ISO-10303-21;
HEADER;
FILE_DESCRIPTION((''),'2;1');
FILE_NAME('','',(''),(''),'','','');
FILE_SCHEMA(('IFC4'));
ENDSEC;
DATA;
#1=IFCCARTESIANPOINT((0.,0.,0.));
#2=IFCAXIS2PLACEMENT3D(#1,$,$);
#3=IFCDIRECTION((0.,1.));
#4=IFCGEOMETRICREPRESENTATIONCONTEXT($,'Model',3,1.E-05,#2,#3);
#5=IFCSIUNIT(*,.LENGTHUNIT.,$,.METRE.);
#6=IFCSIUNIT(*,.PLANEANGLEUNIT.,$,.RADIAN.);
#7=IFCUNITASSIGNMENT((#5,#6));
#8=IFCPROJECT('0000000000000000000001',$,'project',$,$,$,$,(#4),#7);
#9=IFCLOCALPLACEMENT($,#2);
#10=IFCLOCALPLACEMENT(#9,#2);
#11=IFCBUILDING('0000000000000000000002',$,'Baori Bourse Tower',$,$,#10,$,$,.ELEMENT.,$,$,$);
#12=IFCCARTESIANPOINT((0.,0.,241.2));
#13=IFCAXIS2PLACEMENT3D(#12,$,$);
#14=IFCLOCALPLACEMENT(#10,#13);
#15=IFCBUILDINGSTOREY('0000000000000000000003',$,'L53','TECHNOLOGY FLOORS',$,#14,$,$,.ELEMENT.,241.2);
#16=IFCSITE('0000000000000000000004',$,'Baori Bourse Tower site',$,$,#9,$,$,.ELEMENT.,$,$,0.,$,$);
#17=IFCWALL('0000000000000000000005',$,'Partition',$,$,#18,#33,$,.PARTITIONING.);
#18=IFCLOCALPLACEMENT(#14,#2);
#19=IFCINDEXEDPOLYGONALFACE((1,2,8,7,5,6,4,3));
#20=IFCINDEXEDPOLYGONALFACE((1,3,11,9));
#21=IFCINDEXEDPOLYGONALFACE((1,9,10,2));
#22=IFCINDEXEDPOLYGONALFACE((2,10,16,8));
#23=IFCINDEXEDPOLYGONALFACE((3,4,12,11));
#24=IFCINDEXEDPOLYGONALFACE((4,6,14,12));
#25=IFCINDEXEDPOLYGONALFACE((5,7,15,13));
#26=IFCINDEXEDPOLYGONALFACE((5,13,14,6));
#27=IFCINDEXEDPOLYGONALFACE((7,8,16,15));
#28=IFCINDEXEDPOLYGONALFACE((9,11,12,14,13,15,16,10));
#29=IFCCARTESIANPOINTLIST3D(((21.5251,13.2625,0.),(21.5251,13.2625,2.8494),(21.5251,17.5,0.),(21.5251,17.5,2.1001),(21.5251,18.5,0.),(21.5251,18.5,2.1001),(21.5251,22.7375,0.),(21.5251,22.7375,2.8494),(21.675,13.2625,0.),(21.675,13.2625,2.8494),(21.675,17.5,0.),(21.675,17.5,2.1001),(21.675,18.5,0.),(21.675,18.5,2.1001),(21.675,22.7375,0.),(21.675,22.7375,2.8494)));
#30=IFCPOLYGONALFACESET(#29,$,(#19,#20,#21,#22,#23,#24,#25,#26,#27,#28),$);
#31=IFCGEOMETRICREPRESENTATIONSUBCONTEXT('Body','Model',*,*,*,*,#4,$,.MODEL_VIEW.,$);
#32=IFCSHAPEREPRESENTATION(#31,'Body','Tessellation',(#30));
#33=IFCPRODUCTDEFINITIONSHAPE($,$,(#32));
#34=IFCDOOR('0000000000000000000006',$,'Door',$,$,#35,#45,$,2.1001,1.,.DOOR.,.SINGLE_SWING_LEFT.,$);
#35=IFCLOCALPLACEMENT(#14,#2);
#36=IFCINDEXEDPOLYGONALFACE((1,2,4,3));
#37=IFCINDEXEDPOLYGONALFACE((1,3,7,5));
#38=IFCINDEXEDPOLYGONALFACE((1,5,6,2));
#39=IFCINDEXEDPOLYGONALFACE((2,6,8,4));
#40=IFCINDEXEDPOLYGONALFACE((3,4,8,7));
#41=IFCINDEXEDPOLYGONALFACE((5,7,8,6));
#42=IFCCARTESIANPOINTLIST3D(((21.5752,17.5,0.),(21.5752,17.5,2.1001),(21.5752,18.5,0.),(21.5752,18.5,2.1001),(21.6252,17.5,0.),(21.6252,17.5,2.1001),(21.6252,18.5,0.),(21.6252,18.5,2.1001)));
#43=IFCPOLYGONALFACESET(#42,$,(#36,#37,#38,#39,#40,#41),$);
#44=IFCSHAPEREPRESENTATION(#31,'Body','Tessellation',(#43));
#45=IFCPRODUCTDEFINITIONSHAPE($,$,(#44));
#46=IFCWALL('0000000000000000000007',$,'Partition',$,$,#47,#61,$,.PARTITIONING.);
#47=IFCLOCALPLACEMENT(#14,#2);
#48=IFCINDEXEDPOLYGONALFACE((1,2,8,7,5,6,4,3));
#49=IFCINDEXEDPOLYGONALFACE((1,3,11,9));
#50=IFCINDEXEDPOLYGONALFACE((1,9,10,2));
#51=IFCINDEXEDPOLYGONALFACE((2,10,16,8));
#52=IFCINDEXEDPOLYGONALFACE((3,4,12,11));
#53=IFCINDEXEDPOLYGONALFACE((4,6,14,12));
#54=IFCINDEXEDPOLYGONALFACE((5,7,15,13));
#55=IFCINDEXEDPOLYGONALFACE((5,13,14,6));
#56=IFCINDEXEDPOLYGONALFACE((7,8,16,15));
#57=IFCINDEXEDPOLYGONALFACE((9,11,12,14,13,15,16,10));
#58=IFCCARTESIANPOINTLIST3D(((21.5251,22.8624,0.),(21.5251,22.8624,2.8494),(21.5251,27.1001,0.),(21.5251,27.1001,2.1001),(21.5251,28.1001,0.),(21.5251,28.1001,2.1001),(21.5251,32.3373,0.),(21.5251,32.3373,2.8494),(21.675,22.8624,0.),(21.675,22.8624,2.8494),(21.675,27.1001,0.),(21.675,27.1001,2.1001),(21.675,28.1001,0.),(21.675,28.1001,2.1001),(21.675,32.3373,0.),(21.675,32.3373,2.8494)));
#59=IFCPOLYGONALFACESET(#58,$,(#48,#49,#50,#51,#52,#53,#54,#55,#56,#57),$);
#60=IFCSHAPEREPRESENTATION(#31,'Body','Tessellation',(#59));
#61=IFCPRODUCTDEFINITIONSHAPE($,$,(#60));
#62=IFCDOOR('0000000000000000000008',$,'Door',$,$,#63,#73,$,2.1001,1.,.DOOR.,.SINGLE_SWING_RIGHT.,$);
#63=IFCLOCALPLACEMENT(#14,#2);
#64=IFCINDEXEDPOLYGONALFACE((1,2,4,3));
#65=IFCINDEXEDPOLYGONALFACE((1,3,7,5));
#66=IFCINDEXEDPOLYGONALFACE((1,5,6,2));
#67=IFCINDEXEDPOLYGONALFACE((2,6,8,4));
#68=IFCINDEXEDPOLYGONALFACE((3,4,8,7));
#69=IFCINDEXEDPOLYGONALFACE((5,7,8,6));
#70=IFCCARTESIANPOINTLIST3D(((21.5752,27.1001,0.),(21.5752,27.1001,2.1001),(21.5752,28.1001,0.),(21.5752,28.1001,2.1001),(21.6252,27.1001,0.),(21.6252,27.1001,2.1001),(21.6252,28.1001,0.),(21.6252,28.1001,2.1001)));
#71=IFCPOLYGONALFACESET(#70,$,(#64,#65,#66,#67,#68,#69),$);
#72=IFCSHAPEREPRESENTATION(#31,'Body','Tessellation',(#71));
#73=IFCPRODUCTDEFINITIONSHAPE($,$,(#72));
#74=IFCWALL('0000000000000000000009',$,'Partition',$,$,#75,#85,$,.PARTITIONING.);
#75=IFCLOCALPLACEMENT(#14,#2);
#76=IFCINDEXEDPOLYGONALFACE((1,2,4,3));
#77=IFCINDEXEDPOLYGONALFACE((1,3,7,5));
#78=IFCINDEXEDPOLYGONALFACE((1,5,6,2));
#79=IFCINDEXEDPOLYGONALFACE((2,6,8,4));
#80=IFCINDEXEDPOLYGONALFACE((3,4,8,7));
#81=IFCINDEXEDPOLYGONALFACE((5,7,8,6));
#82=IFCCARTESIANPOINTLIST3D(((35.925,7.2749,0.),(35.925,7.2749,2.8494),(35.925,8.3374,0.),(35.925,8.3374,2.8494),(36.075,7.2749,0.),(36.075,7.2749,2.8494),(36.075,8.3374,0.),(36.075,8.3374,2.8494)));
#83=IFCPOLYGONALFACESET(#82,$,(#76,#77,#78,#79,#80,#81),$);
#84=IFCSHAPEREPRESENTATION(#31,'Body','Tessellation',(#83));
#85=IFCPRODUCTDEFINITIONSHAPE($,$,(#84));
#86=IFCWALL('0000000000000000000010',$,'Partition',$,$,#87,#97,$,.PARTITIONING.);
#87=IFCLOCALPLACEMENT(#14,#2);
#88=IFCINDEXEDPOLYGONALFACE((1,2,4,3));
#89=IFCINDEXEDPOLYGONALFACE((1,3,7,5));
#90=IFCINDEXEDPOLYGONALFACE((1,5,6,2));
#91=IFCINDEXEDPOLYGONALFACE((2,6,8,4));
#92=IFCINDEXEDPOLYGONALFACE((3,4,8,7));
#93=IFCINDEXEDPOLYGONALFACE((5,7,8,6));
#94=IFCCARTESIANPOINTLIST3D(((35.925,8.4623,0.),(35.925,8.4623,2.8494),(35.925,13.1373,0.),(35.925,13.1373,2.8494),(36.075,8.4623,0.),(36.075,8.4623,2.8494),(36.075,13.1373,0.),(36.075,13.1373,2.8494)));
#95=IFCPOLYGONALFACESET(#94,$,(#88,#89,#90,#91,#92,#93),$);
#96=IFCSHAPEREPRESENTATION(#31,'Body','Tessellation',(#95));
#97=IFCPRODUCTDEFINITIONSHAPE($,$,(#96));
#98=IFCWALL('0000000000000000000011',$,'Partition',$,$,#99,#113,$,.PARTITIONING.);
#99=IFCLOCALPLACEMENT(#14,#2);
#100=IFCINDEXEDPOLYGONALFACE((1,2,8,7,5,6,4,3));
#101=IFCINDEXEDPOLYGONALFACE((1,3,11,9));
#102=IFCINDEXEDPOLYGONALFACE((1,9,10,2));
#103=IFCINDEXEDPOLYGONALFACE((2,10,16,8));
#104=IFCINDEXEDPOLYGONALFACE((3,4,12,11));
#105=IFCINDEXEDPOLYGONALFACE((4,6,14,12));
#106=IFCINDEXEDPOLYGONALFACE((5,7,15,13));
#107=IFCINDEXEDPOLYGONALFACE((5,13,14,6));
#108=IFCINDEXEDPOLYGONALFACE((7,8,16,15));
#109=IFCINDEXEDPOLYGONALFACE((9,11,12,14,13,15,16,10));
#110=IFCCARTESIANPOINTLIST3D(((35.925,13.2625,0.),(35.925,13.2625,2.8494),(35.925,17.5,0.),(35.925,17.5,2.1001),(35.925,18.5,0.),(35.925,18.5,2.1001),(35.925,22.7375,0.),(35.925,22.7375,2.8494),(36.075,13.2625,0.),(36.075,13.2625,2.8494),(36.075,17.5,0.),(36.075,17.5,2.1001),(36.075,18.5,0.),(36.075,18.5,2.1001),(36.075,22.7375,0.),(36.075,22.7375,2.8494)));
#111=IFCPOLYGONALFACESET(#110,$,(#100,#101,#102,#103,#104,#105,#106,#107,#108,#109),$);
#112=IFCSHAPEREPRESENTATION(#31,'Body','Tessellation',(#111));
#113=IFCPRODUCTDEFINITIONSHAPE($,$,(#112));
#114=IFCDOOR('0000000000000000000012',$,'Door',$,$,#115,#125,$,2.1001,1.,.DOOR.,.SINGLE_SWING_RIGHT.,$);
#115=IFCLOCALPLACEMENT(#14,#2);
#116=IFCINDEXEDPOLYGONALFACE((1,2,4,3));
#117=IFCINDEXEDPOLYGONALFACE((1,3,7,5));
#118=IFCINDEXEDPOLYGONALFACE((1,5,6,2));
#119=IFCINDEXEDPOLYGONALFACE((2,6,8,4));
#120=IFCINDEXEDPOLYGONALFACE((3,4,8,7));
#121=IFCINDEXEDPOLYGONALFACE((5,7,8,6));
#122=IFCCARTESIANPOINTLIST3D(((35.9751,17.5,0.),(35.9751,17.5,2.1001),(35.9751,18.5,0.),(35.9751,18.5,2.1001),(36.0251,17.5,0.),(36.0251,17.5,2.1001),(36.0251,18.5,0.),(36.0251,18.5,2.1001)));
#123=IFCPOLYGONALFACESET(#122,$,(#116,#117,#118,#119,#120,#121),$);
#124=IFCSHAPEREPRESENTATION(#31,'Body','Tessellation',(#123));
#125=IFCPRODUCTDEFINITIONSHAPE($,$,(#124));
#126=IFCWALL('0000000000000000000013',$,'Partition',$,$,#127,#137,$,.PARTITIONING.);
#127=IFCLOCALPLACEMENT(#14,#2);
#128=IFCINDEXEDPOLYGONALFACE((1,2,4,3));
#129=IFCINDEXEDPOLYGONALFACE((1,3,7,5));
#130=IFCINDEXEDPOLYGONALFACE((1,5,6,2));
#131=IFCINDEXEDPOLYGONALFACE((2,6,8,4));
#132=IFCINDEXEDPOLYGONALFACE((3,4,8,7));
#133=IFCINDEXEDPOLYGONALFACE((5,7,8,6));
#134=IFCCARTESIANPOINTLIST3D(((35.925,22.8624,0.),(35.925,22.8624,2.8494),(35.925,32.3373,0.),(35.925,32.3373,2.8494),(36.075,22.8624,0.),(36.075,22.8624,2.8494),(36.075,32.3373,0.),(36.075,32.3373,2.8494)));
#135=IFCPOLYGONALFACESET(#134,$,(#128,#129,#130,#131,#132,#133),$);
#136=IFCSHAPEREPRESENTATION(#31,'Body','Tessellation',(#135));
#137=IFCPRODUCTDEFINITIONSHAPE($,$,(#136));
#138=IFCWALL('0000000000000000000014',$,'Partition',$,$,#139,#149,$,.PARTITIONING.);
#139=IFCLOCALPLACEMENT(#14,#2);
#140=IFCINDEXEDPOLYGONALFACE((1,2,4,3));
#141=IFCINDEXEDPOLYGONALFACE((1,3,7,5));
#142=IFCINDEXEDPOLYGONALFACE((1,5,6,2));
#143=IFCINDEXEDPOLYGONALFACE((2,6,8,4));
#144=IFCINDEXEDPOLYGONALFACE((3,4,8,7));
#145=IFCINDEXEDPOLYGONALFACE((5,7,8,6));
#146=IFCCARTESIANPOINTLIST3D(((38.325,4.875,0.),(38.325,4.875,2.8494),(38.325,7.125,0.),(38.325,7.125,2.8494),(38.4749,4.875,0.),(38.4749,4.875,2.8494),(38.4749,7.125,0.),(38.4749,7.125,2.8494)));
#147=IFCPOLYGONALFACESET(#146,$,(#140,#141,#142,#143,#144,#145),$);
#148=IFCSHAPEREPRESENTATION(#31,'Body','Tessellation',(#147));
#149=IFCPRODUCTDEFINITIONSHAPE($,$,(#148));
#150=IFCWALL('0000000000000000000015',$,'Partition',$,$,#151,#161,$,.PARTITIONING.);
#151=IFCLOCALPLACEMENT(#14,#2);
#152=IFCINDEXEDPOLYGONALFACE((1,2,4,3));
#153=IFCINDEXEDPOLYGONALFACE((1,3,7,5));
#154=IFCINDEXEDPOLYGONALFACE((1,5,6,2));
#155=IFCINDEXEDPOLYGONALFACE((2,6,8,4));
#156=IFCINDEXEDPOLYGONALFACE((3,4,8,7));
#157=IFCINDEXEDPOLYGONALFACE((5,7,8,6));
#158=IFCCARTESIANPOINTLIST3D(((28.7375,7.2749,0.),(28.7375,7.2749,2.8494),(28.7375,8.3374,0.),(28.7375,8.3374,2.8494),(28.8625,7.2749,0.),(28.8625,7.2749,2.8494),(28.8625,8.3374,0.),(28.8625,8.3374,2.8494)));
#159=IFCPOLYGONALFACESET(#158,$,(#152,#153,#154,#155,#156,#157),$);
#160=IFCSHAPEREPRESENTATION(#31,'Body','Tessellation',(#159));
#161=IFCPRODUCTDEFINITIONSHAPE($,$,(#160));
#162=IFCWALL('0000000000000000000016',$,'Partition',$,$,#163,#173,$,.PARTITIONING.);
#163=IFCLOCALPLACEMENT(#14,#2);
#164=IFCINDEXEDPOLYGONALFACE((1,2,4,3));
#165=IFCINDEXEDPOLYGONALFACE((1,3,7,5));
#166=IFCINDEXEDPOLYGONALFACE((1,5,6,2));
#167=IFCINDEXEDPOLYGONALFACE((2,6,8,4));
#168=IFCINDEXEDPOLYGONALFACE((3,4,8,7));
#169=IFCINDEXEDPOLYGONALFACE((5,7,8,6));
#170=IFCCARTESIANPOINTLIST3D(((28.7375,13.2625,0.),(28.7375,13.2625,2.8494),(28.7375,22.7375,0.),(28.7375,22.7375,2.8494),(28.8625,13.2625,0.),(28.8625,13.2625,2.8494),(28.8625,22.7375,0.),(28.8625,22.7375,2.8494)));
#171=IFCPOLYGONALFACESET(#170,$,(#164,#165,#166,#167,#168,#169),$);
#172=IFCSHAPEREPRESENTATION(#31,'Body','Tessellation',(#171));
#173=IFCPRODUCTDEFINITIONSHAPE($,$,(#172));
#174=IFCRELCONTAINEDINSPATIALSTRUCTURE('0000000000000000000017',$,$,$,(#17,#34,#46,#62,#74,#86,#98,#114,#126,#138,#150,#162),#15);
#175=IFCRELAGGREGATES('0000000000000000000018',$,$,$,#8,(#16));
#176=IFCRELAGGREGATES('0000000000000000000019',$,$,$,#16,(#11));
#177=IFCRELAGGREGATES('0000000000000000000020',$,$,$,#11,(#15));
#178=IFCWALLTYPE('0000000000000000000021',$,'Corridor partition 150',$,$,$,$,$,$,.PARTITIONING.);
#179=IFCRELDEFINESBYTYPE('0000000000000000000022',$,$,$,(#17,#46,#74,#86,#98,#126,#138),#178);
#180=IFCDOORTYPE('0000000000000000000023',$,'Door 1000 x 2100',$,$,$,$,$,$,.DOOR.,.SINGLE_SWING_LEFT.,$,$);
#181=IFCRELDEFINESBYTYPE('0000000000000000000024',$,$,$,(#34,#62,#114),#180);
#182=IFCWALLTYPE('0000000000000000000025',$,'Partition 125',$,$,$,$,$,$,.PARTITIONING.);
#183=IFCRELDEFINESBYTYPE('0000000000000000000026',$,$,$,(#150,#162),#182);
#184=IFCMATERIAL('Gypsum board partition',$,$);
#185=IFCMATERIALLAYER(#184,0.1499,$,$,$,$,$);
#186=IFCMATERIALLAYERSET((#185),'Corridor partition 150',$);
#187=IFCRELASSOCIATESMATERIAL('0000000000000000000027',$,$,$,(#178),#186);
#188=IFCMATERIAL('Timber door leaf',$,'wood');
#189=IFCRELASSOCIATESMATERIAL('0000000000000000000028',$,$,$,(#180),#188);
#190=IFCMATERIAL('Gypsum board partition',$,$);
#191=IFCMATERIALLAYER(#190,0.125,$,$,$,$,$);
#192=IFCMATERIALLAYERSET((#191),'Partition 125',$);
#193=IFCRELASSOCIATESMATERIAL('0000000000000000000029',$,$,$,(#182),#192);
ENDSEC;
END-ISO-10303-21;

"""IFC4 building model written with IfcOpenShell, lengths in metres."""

from ifc_helpers import new_model, si_unit, direction, frame, frame_2d, origin, place, context, subcontext, project, spatial, rectangle, extrude, material, layer, layer_set, type_object, element, fill, save


model = new_model("IFC4")

# Units and contexts
model_context = context("Model", 3, precision=1e-05, world=origin(), true_north=direction((0.0, 1.0)))
body_context = subcontext(model_context, "Body", "Model", "MODEL_VIEW")
ifc_project = project(units=[si_unit("LENGTHUNIT", "METRE"), si_unit("PLANEANGLEUNIT", "RADIAN")], contexts=[model_context])

# Site, building, storey
site_placement = place(None, origin())
site = spatial("IfcSite", under=ifc_project, at=site_placement, Name="Baori Bourse Tower site", CompositionType="ELEMENT", RefElevation=0.0)
building_placement = place(site_placement, origin())
building = spatial("IfcBuilding", under=site, at=building_placement, Name="Baori Bourse Tower", CompositionType="ELEMENT")
storey_placement = place(building_placement, frame((0.0, 0.0, 241.2)))
storey = spatial("IfcBuildingStorey", under=building, at=storey_placement, Name="L53", Description="TECHNOLOGY FLOORS", CompositionType="ELEMENT", Elevation=241.2)

# Shared definitions
ifc_material_1 = material(Name="Gypsum board partition")
ifc_layer_1 = layer(ifc_material_1, 0.1499)
ifc_layer_set_1 = layer_set([ifc_layer_1], Name="Corridor partition 150")
wall_type_1 = type_object("IfcWallType", Name="Corridor partition 150", PredefinedType="PARTITIONING", material=ifc_layer_set_1)
ifc_material_2 = material(Name="Timber door leaf", Category="wood")
door_type = type_object("IfcDoorType", Name="Door 1000 x 2100", OperationType="SINGLE_SWING_LEFT", PredefinedType="DOOR", material=ifc_material_2)

# Walls, openings, doors
wall_1_placement = place(storey_placement, frame((21.6001, 13.2625, 0.0), z_axis=(0.0, 0.0, 1.0), x_axis=(0.0, 1.0, 0.0)))
wall_1 = element("IfcWall", 1, at=wall_1_placement, inside=storey, type_object=wall_type_1, Name="Partition", PredefinedType="PARTITIONING", context=body_context, shape_type="SweptSolid", body=[
    extrude(rectangle(XDim=9.4751, YDim=0.1499, at=frame_2d((4.7375, 0.0))), origin(), (0.0, 0.0, 1.0), 2.8494),
])
opening_1_placement = place(wall_1_placement, frame((4.2375, 0.0, 0.0)))
opening_1 = element("IfcOpeningElement", 2, at=opening_1_placement, cuts=wall_1, PredefinedType="OPENING", context=body_context, shape_type="SweptSolid", body=[
    extrude(rectangle(XDim=1.0, YDim=2.1001, at=frame_2d((0.5, 1.05))), frame((0.0, 0.085, 0.0), z_axis=(0.0, -1.0, 0.0), x_axis=(1.0, 0.0, 0.0)), (0.0, 0.0, 1.0), 0.1699),
])
door_1_placement = place(opening_1_placement, origin())
door_1 = element("IfcDoor", 3, at=door_1_placement, inside=storey, type_object=door_type, Name="Door", OperationType="SINGLE_SWING_LEFT", OverallHeight=2.1001, OverallWidth=1.0, PredefinedType="DOOR", context=body_context, shape_type="SweptSolid", body=[
    extrude(rectangle(XDim=1.0, YDim=2.1001, at=frame_2d((0.5, 1.05))), frame((0.0, 0.0249, 0.0), z_axis=(0.0, -1.0, 0.0), x_axis=(1.0, 0.0, 0.0)), (0.0, 0.0, 1.0), 0.05),
])
fill(opening_1, door_1)
wall_2_placement = place(storey_placement, frame((21.6001, 22.8625, 0.0), z_axis=(0.0, 0.0, 1.0), x_axis=(0.0, 1.0, 0.0)))
wall_2 = element("IfcWall", 4, at=wall_2_placement, inside=storey, type_object=wall_type_1, Name="Partition", PredefinedType="PARTITIONING", context=body_context, shape_type="SweptSolid", body=[
    extrude(rectangle(XDim=9.4749, YDim=0.1499, at=frame_2d((4.7373, 0.0))), origin(), (0.0, 0.0, 1.0), 2.8494),
])
opening_2_placement = place(wall_2_placement, frame((4.2375, 0.0, 0.0)))
opening_2 = element("IfcOpeningElement", 5, at=opening_2_placement, cuts=wall_2, PredefinedType="OPENING", context=body_context, shape_type="SweptSolid", body=[
    extrude(rectangle(XDim=1.0, YDim=2.1001, at=frame_2d((0.5, 1.05))), frame((0.0, 0.085, 0.0), z_axis=(0.0, -1.0, 0.0), x_axis=(1.0, 0.0, 0.0)), (0.0, 0.0, 1.0), 0.1699),
])
door_2_placement = place(opening_2_placement, origin())
door_2 = element("IfcDoor", 6, at=door_2_placement, inside=storey, type_object=door_type, Name="Door", OperationType="SINGLE_SWING_RIGHT", OverallHeight=2.1001, OverallWidth=1.0, PredefinedType="DOOR", context=body_context, shape_type="SweptSolid", body=[
    extrude(rectangle(XDim=1.0, YDim=2.1001, at=frame_2d((0.5, 1.05))), frame((0.0, 0.0249, 0.0), z_axis=(0.0, -1.0, 0.0), x_axis=(1.0, 0.0, 0.0)), (0.0, 0.0, 1.0), 0.05),
])
fill(opening_2, door_2)

# Walls
wall_3_placement = place(storey_placement, frame((36.0, 7.2749, 0.0), z_axis=(0.0, 0.0, 1.0), x_axis=(0.0, 1.0, 0.0)))
element("IfcWall", 7, at=wall_3_placement, inside=storey, type_object=wall_type_1, Name="Partition", PredefinedType="PARTITIONING", context=body_context, shape_type="SweptSolid", body=[
    extrude(rectangle(XDim=1.0625, YDim=0.1499, at=frame_2d((0.5312, 0.0))), origin(), (0.0, 0.0, 1.0), 2.8494),
])
wall_4_placement = place(storey_placement, frame((36.0, 8.4624, 0.0), z_axis=(0.0, 0.0, 1.0), x_axis=(0.0, 1.0, 0.0)))
element("IfcWall", 8, at=wall_4_placement, inside=storey, type_object=wall_type_1, Name="Partition", PredefinedType="PARTITIONING", context=body_context, shape_type="SweptSolid", body=[
    extrude(rectangle(XDim=4.675, YDim=0.1499, at=frame_2d((2.3374, 0.0))), origin(), (0.0, 0.0, 1.0), 2.8494),
])

# Wall, opening, door
wall_5_placement = place(storey_placement, frame((36.0, 13.2625, 0.0), z_axis=(0.0, 0.0, 1.0), x_axis=(0.0, 1.0, 0.0)))
wall_5 = element("IfcWall", 9, at=wall_5_placement, inside=storey, type_object=wall_type_1, Name="Partition", PredefinedType="PARTITIONING", context=body_context, shape_type="SweptSolid", body=[
    extrude(rectangle(XDim=9.4751, YDim=0.1499, at=frame_2d((4.7375, 0.0))), origin(), (0.0, 0.0, 1.0), 2.8494),
])
opening_3_placement = place(wall_5_placement, frame((4.2375, 0.0, 0.0)))
opening_3 = element("IfcOpeningElement", 10, at=opening_3_placement, cuts=wall_5, PredefinedType="OPENING", context=body_context, shape_type="SweptSolid", body=[
    extrude(rectangle(XDim=1.0, YDim=2.1001, at=frame_2d((0.5, 1.05))), frame((0.0, 0.085, 0.0), z_axis=(0.0, -1.0, 0.0), x_axis=(1.0, 0.0, 0.0)), (0.0, 0.0, 1.0), 0.1699),
])
door_3_placement = place(opening_3_placement, origin())
door_3 = element("IfcDoor", 11, at=door_3_placement, inside=storey, type_object=door_type, Name="Door", OperationType="SINGLE_SWING_RIGHT", OverallHeight=2.1001, OverallWidth=1.0, PredefinedType="DOOR", context=body_context, shape_type="SweptSolid", body=[
    extrude(rectangle(XDim=1.0, YDim=2.1001, at=frame_2d((0.5, 1.05))), frame((0.0, 0.0249, 0.0), z_axis=(0.0, -1.0, 0.0), x_axis=(1.0, 0.0, 0.0)), (0.0, 0.0, 1.0), 0.05),
])
fill(opening_3, door_3)

# Walls
wall_6_placement = place(storey_placement, frame((36.0, 22.8625, 0.0), z_axis=(0.0, 0.0, 1.0), x_axis=(0.0, 1.0, 0.0)))
element("IfcWall", 12, at=wall_6_placement, inside=storey, type_object=wall_type_1, Name="Partition", PredefinedType="PARTITIONING", context=body_context, shape_type="SweptSolid", body=[
    extrude(rectangle(XDim=9.4749, YDim=0.1499, at=frame_2d((4.7373, 0.0))), origin(), (0.0, 0.0, 1.0), 2.8494),
])
wall_7_placement = place(storey_placement, frame((38.3999, 4.875, 0.0), z_axis=(0.0, 0.0, 1.0), x_axis=(0.0, 1.0, 0.0)))
element("IfcWall", 13, at=wall_7_placement, inside=storey, type_object=wall_type_1, Name="Partition", PredefinedType="PARTITIONING", context=body_context, shape_type="SweptSolid", body=[
    extrude(rectangle(XDim=2.25, YDim=0.1499, at=frame_2d((1.125, 0.0))), origin(), (0.0, 0.0, 1.0), 2.8494),
])
ifc_material_3 = material(Name="Gypsum board partition")
ifc_layer_2 = layer(ifc_material_3, 0.125)
ifc_layer_set_2 = layer_set([ifc_layer_2], Name="Partition 125")
wall_type_2 = type_object("IfcWallType", Name="Partition 125", PredefinedType="PARTITIONING", material=ifc_layer_set_2)
wall_8_placement = place(storey_placement, frame((28.8, 7.2749, 0.0), z_axis=(0.0, 0.0, 1.0), x_axis=(0.0, 1.0, 0.0)))
element("IfcWall", 14, at=wall_8_placement, inside=storey, type_object=wall_type_2, Name="Partition", PredefinedType="PARTITIONING", context=body_context, shape_type="SweptSolid", body=[
    extrude(rectangle(XDim=1.0625, YDim=0.125, at=frame_2d((0.5312, 0.0))), origin(), (0.0, 0.0, 1.0), 2.8494),
])
wall_9_placement = place(storey_placement, frame((28.8, 13.2625, 0.0), z_axis=(0.0, 0.0, 1.0), x_axis=(0.0, 1.0, 0.0)))
element("IfcWall", 15, at=wall_9_placement, inside=storey, type_object=wall_type_2, Name="Partition", PredefinedType="PARTITIONING", context=body_context, shape_type="SweptSolid", body=[
    extrude(rectangle(XDim=9.4751, YDim=0.125, at=frame_2d((4.7375, 0.0))), origin(), (0.0, 0.0, 1.0), 2.8494),
])

save(model, "model.ifc")
